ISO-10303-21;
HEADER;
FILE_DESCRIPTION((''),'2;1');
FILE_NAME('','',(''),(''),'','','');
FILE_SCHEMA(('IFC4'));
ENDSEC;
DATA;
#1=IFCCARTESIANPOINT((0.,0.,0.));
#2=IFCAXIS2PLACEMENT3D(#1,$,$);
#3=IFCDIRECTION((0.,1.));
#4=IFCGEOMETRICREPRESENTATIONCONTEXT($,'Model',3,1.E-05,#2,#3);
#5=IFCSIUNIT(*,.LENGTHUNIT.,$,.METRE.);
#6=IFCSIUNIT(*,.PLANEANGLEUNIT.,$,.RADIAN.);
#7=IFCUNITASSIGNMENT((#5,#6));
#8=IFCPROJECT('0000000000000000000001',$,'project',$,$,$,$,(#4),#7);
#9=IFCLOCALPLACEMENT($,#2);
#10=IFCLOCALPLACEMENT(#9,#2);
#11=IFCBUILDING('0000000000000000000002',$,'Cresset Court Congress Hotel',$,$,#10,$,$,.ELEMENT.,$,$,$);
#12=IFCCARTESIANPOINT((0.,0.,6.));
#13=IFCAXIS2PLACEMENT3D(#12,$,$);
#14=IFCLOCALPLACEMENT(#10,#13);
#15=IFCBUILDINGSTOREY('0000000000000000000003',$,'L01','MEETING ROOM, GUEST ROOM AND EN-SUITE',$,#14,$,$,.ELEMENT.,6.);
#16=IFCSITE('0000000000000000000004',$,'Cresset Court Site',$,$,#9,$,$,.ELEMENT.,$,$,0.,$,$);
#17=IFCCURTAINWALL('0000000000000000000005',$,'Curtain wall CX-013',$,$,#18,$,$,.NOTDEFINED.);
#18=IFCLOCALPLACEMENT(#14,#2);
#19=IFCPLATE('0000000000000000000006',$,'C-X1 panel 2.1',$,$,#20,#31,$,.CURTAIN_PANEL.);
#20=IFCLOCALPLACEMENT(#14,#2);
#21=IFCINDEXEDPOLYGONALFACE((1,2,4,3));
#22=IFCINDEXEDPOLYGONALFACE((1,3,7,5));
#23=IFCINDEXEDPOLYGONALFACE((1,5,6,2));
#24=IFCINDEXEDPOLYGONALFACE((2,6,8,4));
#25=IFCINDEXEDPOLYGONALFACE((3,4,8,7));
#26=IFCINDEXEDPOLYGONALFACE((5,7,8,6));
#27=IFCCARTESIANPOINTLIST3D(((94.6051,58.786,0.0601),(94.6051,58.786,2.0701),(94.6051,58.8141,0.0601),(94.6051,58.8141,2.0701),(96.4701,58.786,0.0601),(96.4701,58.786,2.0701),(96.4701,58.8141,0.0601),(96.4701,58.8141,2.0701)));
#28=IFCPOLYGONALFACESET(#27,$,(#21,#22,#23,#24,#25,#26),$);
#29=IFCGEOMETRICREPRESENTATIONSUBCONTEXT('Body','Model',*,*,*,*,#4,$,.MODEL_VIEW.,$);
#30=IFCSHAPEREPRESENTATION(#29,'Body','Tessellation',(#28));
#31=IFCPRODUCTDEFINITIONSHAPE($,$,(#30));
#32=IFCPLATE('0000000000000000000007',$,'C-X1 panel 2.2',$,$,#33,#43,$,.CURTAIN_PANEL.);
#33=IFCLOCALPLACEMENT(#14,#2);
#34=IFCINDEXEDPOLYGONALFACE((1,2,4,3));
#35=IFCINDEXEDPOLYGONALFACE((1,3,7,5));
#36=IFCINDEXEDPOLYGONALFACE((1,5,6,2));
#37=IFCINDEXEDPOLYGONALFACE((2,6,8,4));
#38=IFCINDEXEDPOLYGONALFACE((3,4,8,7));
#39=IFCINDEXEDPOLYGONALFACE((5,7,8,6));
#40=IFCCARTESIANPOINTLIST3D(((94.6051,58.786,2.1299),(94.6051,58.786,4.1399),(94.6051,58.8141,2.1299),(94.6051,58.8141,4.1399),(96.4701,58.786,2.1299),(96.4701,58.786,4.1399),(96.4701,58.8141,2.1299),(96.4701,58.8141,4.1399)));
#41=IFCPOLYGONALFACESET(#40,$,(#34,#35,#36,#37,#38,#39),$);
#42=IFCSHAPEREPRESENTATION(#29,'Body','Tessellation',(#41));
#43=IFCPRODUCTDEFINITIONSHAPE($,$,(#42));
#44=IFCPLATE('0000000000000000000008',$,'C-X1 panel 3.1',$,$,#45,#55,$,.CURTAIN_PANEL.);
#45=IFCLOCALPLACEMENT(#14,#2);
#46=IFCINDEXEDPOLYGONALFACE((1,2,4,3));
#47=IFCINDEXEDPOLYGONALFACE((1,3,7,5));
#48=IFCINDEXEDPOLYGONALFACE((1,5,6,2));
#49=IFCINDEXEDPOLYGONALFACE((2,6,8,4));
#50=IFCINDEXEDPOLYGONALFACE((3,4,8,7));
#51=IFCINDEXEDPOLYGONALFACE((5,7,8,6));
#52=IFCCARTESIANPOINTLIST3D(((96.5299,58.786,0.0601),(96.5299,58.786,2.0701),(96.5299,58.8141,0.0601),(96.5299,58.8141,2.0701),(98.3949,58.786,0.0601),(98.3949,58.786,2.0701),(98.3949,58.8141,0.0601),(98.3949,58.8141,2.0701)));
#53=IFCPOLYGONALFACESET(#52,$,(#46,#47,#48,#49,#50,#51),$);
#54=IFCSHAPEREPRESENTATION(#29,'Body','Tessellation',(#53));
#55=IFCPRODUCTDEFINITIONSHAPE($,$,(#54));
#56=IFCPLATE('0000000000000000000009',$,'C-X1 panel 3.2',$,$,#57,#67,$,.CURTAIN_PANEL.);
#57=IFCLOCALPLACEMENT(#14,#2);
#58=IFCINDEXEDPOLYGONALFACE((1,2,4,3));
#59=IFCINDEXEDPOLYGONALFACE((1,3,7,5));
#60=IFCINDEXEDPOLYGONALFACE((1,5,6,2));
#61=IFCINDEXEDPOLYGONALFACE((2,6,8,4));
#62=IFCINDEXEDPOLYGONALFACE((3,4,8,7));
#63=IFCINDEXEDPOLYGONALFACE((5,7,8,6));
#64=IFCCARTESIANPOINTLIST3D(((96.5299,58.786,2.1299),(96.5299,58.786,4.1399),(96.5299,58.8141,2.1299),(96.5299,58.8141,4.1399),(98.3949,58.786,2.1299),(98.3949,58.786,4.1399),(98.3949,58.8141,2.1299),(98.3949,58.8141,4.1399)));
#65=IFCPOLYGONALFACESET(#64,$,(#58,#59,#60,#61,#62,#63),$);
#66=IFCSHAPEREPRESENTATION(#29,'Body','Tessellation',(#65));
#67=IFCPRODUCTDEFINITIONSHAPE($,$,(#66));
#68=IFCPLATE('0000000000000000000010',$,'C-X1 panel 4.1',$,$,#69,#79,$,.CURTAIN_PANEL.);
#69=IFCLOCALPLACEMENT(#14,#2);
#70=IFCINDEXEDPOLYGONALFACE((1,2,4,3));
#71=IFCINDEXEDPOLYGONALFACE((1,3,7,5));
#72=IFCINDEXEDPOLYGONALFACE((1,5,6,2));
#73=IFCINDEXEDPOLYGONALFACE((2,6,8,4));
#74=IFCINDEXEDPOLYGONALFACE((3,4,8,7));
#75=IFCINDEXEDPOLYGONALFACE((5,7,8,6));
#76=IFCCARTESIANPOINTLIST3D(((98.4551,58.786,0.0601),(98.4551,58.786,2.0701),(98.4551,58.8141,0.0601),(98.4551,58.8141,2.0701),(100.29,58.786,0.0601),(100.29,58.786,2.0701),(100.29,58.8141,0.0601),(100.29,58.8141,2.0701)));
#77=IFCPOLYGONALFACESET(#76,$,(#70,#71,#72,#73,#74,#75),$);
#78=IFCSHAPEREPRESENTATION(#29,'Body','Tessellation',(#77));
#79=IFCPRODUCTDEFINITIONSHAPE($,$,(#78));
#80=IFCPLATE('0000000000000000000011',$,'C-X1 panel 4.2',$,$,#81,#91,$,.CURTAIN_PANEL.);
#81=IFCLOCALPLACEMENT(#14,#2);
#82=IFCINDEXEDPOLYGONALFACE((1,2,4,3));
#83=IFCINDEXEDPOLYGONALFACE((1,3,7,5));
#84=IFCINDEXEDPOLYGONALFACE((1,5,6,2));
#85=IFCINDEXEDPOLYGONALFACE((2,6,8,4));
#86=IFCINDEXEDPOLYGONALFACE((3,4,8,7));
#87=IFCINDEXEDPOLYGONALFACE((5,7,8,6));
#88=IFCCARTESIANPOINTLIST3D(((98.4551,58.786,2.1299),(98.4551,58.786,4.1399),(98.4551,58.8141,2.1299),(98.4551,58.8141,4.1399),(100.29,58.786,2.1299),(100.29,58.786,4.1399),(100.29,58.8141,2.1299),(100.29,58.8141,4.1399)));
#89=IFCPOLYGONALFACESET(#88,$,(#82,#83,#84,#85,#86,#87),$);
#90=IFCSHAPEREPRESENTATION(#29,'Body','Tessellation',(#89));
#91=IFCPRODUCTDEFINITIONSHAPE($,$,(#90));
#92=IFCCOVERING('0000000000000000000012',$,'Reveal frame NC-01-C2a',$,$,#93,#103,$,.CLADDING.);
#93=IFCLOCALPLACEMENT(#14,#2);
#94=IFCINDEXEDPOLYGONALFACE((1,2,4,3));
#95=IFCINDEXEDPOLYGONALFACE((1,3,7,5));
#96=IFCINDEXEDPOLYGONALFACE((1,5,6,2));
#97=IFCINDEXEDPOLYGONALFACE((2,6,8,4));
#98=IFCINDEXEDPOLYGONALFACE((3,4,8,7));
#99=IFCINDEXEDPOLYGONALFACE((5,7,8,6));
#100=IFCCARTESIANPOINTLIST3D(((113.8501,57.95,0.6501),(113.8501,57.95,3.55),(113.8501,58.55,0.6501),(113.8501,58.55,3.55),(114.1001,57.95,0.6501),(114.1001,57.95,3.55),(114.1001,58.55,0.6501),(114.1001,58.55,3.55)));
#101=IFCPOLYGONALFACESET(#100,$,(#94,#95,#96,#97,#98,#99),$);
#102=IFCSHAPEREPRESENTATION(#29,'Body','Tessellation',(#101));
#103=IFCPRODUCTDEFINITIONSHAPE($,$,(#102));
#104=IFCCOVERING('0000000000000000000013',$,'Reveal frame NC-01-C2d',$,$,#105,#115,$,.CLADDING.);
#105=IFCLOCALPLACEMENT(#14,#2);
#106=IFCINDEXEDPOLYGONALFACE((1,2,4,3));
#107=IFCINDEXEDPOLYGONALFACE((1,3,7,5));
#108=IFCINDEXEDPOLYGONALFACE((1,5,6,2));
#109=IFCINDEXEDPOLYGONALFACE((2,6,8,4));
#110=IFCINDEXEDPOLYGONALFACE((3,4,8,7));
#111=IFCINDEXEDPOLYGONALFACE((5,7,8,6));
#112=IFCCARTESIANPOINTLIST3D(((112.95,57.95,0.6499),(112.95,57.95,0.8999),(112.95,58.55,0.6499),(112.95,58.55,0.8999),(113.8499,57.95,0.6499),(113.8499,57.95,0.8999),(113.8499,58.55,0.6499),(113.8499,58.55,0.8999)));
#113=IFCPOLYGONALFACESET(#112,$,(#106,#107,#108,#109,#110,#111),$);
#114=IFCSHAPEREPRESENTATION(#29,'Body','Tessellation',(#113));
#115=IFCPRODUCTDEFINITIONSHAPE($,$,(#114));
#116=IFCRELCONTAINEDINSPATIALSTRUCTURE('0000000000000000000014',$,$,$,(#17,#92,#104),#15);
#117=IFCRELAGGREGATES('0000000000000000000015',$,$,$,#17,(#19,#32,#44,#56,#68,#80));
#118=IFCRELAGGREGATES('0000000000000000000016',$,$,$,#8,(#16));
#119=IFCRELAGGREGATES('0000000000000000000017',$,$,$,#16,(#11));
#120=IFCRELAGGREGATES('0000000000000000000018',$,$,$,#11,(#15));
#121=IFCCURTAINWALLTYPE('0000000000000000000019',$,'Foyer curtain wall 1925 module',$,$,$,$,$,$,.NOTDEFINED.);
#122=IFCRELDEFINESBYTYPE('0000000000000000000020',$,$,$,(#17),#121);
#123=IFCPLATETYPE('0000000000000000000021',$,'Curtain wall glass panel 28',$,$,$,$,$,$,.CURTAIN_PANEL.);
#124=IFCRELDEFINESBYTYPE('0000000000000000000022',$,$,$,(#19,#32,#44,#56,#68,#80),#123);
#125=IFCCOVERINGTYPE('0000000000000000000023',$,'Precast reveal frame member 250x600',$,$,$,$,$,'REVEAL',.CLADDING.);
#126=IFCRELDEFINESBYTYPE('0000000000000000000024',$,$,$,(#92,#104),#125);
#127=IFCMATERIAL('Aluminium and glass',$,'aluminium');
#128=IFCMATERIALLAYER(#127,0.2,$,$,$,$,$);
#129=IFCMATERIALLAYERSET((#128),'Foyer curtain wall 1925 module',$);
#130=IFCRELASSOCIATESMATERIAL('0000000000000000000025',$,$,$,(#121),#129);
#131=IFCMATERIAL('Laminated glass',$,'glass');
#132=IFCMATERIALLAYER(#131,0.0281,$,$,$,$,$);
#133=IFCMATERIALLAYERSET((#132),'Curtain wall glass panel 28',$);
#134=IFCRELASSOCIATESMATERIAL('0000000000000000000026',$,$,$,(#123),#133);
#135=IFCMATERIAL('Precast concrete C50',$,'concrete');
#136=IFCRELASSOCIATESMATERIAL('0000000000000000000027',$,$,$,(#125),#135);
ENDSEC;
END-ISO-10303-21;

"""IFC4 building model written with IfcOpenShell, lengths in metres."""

from ifc_helpers import new_model, si_unit, direction, frame, origin, origin_2d, place, context, subcontext, project, spatial, rectangle, extrude, material, layer, layer_set, type_object, element, aggregate, save


model = new_model("IFC4")

# Units and contexts
model_context = context("Model", 3, precision=1e-05, world=origin(), true_north=direction((0.0, 1.0)))
body_context = subcontext(model_context, "Body", "Model", "MODEL_VIEW")
ifc_project = project(units=[si_unit("LENGTHUNIT", "METRE"), si_unit("PLANEANGLEUNIT", "RADIAN")], contexts=[model_context])

# Site, building, storey
site_placement = place(None, origin())
site = spatial("IfcSite", under=ifc_project, at=site_placement, Name="Cresset Court Site", CompositionType="ELEMENT", RefElevation=0.0)
building_placement = place(site_placement, origin())
building = spatial("IfcBuilding", under=site, at=building_placement, Name="Cresset Court Congress Hotel", CompositionType="ELEMENT")
storey_placement = place(building_placement, frame((0.0, 0.0, 6.0)))
storey = spatial("IfcBuildingStorey", under=building, at=storey_placement, Name="L01", Description="MEETING ROOM, GUEST ROOM AND EN-SUITE", CompositionType="ELEMENT", Elevation=6.0)

# Curtain wall, plates
ifc_material_1 = material(Name="Aluminium and glass", Category="aluminium")
ifc_layer_1 = layer(ifc_material_1, 0.2)
ifc_layer_set_1 = layer_set([ifc_layer_1], Name="Foyer curtain wall 1925 module")
curtain_wall_type = type_object("IfcCurtainWallType", Name="Foyer curtain wall 1925 module", PredefinedType="NOTDEFINED", material=ifc_layer_set_1)
curtain_wall_placement = place(storey_placement, origin())
curtain_wall = element("IfcCurtainWall", 1, at=curtain_wall_placement, inside=storey, type_object=curtain_wall_type, Name="Curtain wall CX-013", PredefinedType="NOTDEFINED")
ifc_material_2 = material(Name="Laminated glass", Category="glass")
ifc_layer_2 = layer(ifc_material_2, 0.0281)
ifc_layer_set_2 = layer_set([ifc_layer_2], Name="Curtain wall glass panel 28")
plate_type = type_object("IfcPlateType", Name="Curtain wall glass panel 28", PredefinedType="CURTAIN_PANEL", material=ifc_layer_set_2)
plate_1_placement = place(storey_placement, frame((95.5376, 58.8, 0.0601), z_axis=(0.0, 0.0, 1.0), x_axis=(1.0, 0.0, 0.0)))
plate_1 = element("IfcPlate", 2, at=plate_1_placement, type_object=plate_type, Name="C-X1 panel 2.1", PredefinedType="CURTAIN_PANEL", context=body_context, shape_type="SweptSolid", body=[
    extrude(rectangle(XDim=1.865, YDim=0.0281, at=origin_2d()), origin(), (0.0, 0.0, 1.0), 2.01),
])
plate_2_placement = place(storey_placement, frame((95.5376, 58.8, 2.1299), z_axis=(0.0, 0.0, 1.0), x_axis=(1.0, 0.0, 0.0)))
plate_2 = element("IfcPlate", 3, at=plate_2_placement, type_object=plate_type, Name="C-X1 panel 2.2", PredefinedType="CURTAIN_PANEL", context=body_context, shape_type="SweptSolid", body=[
    extrude(rectangle(XDim=1.865, YDim=0.0281, at=origin_2d()), origin(), (0.0, 0.0, 1.0), 2.01),
])
plate_3_placement = place(storey_placement, frame((97.4624, 58.8, 0.0601), z_axis=(0.0, 0.0, 1.0), x_axis=(1.0, 0.0, 0.0)))
plate_3 = element("IfcPlate", 4, at=plate_3_placement, type_object=plate_type, Name="C-X1 panel 3.1", PredefinedType="CURTAIN_PANEL", context=body_context, shape_type="SweptSolid", body=[
    extrude(rectangle(XDim=1.865, YDim=0.0281, at=origin_2d()), origin(), (0.0, 0.0, 1.0), 2.01),
])
plate_4_placement = place(storey_placement, frame((97.4624, 58.8, 2.1299), z_axis=(0.0, 0.0, 1.0), x_axis=(1.0, 0.0, 0.0)))
plate_4 = element("IfcPlate", 5, at=plate_4_placement, type_object=plate_type, Name="C-X1 panel 3.2", PredefinedType="CURTAIN_PANEL", context=body_context, shape_type="SweptSolid", body=[
    extrude(rectangle(XDim=1.865, YDim=0.0281, at=origin_2d()), origin(), (0.0, 0.0, 1.0), 2.01),
])
plate_5_placement = place(storey_placement, frame((99.3726, 58.8, 0.0601), z_axis=(0.0, 0.0, 1.0), x_axis=(1.0, 0.0, 0.0)))
plate_5 = element("IfcPlate", 6, at=plate_5_placement, type_object=plate_type, Name="C-X1 panel 4.1", PredefinedType="CURTAIN_PANEL", context=body_context, shape_type="SweptSolid", body=[
    extrude(rectangle(XDim=1.835, YDim=0.0281, at=origin_2d()), origin(), (0.0, 0.0, 1.0), 2.01),
])
plate_6_placement = place(storey_placement, frame((99.3726, 58.8, 2.1299), z_axis=(0.0, 0.0, 1.0), x_axis=(1.0, 0.0, 0.0)))
plate_6 = element("IfcPlate", 7, at=plate_6_placement, type_object=plate_type, Name="C-X1 panel 4.2", PredefinedType="CURTAIN_PANEL", context=body_context, shape_type="SweptSolid", body=[
    extrude(rectangle(XDim=1.835, YDim=0.0281, at=origin_2d()), origin(), (0.0, 0.0, 1.0), 2.01),
])
aggregate(curtain_wall, [plate_1, plate_2, plate_3, plate_4, plate_5, plate_6])

# Coverings
ifc_material_3 = material(Name="Precast concrete C50", Category="concrete")
covering_type = type_object("IfcCoveringType", Name="Precast reveal frame member 250x600", ElementType="REVEAL", PredefinedType="CLADDING", material=ifc_material_3)
covering_1_placement = place(storey_placement, frame((113.9751, 58.25, 0.6501), z_axis=(0.0, 0.0, 1.0), x_axis=(1.0, 0.0, 0.0)))
element("IfcCovering", 8, at=covering_1_placement, inside=storey, type_object=covering_type, Name="Reveal frame NC-01-C2a", PredefinedType="CLADDING", context=body_context, shape_type="SweptSolid", body=[
    extrude(rectangle(XDim=0.25, YDim=0.6001, at=origin_2d()), origin(), (0.0, 0.0, 1.0), 2.8999),
])
covering_2_placement = place(storey_placement, frame((113.3999, 58.25, 0.6499), z_axis=(0.0, 0.0, 1.0), x_axis=(1.0, 0.0, 0.0)))
element("IfcCovering", 9, at=covering_2_placement, inside=storey, type_object=covering_type, Name="Reveal frame NC-01-C2d", PredefinedType="CLADDING", context=body_context, shape_type="SweptSolid", body=[
    extrude(rectangle(XDim=0.8999, YDim=0.6001, at=origin_2d()), origin(), (0.0, 0.0, 1.0), 0.25),
])

save(model, "model.ifc")
